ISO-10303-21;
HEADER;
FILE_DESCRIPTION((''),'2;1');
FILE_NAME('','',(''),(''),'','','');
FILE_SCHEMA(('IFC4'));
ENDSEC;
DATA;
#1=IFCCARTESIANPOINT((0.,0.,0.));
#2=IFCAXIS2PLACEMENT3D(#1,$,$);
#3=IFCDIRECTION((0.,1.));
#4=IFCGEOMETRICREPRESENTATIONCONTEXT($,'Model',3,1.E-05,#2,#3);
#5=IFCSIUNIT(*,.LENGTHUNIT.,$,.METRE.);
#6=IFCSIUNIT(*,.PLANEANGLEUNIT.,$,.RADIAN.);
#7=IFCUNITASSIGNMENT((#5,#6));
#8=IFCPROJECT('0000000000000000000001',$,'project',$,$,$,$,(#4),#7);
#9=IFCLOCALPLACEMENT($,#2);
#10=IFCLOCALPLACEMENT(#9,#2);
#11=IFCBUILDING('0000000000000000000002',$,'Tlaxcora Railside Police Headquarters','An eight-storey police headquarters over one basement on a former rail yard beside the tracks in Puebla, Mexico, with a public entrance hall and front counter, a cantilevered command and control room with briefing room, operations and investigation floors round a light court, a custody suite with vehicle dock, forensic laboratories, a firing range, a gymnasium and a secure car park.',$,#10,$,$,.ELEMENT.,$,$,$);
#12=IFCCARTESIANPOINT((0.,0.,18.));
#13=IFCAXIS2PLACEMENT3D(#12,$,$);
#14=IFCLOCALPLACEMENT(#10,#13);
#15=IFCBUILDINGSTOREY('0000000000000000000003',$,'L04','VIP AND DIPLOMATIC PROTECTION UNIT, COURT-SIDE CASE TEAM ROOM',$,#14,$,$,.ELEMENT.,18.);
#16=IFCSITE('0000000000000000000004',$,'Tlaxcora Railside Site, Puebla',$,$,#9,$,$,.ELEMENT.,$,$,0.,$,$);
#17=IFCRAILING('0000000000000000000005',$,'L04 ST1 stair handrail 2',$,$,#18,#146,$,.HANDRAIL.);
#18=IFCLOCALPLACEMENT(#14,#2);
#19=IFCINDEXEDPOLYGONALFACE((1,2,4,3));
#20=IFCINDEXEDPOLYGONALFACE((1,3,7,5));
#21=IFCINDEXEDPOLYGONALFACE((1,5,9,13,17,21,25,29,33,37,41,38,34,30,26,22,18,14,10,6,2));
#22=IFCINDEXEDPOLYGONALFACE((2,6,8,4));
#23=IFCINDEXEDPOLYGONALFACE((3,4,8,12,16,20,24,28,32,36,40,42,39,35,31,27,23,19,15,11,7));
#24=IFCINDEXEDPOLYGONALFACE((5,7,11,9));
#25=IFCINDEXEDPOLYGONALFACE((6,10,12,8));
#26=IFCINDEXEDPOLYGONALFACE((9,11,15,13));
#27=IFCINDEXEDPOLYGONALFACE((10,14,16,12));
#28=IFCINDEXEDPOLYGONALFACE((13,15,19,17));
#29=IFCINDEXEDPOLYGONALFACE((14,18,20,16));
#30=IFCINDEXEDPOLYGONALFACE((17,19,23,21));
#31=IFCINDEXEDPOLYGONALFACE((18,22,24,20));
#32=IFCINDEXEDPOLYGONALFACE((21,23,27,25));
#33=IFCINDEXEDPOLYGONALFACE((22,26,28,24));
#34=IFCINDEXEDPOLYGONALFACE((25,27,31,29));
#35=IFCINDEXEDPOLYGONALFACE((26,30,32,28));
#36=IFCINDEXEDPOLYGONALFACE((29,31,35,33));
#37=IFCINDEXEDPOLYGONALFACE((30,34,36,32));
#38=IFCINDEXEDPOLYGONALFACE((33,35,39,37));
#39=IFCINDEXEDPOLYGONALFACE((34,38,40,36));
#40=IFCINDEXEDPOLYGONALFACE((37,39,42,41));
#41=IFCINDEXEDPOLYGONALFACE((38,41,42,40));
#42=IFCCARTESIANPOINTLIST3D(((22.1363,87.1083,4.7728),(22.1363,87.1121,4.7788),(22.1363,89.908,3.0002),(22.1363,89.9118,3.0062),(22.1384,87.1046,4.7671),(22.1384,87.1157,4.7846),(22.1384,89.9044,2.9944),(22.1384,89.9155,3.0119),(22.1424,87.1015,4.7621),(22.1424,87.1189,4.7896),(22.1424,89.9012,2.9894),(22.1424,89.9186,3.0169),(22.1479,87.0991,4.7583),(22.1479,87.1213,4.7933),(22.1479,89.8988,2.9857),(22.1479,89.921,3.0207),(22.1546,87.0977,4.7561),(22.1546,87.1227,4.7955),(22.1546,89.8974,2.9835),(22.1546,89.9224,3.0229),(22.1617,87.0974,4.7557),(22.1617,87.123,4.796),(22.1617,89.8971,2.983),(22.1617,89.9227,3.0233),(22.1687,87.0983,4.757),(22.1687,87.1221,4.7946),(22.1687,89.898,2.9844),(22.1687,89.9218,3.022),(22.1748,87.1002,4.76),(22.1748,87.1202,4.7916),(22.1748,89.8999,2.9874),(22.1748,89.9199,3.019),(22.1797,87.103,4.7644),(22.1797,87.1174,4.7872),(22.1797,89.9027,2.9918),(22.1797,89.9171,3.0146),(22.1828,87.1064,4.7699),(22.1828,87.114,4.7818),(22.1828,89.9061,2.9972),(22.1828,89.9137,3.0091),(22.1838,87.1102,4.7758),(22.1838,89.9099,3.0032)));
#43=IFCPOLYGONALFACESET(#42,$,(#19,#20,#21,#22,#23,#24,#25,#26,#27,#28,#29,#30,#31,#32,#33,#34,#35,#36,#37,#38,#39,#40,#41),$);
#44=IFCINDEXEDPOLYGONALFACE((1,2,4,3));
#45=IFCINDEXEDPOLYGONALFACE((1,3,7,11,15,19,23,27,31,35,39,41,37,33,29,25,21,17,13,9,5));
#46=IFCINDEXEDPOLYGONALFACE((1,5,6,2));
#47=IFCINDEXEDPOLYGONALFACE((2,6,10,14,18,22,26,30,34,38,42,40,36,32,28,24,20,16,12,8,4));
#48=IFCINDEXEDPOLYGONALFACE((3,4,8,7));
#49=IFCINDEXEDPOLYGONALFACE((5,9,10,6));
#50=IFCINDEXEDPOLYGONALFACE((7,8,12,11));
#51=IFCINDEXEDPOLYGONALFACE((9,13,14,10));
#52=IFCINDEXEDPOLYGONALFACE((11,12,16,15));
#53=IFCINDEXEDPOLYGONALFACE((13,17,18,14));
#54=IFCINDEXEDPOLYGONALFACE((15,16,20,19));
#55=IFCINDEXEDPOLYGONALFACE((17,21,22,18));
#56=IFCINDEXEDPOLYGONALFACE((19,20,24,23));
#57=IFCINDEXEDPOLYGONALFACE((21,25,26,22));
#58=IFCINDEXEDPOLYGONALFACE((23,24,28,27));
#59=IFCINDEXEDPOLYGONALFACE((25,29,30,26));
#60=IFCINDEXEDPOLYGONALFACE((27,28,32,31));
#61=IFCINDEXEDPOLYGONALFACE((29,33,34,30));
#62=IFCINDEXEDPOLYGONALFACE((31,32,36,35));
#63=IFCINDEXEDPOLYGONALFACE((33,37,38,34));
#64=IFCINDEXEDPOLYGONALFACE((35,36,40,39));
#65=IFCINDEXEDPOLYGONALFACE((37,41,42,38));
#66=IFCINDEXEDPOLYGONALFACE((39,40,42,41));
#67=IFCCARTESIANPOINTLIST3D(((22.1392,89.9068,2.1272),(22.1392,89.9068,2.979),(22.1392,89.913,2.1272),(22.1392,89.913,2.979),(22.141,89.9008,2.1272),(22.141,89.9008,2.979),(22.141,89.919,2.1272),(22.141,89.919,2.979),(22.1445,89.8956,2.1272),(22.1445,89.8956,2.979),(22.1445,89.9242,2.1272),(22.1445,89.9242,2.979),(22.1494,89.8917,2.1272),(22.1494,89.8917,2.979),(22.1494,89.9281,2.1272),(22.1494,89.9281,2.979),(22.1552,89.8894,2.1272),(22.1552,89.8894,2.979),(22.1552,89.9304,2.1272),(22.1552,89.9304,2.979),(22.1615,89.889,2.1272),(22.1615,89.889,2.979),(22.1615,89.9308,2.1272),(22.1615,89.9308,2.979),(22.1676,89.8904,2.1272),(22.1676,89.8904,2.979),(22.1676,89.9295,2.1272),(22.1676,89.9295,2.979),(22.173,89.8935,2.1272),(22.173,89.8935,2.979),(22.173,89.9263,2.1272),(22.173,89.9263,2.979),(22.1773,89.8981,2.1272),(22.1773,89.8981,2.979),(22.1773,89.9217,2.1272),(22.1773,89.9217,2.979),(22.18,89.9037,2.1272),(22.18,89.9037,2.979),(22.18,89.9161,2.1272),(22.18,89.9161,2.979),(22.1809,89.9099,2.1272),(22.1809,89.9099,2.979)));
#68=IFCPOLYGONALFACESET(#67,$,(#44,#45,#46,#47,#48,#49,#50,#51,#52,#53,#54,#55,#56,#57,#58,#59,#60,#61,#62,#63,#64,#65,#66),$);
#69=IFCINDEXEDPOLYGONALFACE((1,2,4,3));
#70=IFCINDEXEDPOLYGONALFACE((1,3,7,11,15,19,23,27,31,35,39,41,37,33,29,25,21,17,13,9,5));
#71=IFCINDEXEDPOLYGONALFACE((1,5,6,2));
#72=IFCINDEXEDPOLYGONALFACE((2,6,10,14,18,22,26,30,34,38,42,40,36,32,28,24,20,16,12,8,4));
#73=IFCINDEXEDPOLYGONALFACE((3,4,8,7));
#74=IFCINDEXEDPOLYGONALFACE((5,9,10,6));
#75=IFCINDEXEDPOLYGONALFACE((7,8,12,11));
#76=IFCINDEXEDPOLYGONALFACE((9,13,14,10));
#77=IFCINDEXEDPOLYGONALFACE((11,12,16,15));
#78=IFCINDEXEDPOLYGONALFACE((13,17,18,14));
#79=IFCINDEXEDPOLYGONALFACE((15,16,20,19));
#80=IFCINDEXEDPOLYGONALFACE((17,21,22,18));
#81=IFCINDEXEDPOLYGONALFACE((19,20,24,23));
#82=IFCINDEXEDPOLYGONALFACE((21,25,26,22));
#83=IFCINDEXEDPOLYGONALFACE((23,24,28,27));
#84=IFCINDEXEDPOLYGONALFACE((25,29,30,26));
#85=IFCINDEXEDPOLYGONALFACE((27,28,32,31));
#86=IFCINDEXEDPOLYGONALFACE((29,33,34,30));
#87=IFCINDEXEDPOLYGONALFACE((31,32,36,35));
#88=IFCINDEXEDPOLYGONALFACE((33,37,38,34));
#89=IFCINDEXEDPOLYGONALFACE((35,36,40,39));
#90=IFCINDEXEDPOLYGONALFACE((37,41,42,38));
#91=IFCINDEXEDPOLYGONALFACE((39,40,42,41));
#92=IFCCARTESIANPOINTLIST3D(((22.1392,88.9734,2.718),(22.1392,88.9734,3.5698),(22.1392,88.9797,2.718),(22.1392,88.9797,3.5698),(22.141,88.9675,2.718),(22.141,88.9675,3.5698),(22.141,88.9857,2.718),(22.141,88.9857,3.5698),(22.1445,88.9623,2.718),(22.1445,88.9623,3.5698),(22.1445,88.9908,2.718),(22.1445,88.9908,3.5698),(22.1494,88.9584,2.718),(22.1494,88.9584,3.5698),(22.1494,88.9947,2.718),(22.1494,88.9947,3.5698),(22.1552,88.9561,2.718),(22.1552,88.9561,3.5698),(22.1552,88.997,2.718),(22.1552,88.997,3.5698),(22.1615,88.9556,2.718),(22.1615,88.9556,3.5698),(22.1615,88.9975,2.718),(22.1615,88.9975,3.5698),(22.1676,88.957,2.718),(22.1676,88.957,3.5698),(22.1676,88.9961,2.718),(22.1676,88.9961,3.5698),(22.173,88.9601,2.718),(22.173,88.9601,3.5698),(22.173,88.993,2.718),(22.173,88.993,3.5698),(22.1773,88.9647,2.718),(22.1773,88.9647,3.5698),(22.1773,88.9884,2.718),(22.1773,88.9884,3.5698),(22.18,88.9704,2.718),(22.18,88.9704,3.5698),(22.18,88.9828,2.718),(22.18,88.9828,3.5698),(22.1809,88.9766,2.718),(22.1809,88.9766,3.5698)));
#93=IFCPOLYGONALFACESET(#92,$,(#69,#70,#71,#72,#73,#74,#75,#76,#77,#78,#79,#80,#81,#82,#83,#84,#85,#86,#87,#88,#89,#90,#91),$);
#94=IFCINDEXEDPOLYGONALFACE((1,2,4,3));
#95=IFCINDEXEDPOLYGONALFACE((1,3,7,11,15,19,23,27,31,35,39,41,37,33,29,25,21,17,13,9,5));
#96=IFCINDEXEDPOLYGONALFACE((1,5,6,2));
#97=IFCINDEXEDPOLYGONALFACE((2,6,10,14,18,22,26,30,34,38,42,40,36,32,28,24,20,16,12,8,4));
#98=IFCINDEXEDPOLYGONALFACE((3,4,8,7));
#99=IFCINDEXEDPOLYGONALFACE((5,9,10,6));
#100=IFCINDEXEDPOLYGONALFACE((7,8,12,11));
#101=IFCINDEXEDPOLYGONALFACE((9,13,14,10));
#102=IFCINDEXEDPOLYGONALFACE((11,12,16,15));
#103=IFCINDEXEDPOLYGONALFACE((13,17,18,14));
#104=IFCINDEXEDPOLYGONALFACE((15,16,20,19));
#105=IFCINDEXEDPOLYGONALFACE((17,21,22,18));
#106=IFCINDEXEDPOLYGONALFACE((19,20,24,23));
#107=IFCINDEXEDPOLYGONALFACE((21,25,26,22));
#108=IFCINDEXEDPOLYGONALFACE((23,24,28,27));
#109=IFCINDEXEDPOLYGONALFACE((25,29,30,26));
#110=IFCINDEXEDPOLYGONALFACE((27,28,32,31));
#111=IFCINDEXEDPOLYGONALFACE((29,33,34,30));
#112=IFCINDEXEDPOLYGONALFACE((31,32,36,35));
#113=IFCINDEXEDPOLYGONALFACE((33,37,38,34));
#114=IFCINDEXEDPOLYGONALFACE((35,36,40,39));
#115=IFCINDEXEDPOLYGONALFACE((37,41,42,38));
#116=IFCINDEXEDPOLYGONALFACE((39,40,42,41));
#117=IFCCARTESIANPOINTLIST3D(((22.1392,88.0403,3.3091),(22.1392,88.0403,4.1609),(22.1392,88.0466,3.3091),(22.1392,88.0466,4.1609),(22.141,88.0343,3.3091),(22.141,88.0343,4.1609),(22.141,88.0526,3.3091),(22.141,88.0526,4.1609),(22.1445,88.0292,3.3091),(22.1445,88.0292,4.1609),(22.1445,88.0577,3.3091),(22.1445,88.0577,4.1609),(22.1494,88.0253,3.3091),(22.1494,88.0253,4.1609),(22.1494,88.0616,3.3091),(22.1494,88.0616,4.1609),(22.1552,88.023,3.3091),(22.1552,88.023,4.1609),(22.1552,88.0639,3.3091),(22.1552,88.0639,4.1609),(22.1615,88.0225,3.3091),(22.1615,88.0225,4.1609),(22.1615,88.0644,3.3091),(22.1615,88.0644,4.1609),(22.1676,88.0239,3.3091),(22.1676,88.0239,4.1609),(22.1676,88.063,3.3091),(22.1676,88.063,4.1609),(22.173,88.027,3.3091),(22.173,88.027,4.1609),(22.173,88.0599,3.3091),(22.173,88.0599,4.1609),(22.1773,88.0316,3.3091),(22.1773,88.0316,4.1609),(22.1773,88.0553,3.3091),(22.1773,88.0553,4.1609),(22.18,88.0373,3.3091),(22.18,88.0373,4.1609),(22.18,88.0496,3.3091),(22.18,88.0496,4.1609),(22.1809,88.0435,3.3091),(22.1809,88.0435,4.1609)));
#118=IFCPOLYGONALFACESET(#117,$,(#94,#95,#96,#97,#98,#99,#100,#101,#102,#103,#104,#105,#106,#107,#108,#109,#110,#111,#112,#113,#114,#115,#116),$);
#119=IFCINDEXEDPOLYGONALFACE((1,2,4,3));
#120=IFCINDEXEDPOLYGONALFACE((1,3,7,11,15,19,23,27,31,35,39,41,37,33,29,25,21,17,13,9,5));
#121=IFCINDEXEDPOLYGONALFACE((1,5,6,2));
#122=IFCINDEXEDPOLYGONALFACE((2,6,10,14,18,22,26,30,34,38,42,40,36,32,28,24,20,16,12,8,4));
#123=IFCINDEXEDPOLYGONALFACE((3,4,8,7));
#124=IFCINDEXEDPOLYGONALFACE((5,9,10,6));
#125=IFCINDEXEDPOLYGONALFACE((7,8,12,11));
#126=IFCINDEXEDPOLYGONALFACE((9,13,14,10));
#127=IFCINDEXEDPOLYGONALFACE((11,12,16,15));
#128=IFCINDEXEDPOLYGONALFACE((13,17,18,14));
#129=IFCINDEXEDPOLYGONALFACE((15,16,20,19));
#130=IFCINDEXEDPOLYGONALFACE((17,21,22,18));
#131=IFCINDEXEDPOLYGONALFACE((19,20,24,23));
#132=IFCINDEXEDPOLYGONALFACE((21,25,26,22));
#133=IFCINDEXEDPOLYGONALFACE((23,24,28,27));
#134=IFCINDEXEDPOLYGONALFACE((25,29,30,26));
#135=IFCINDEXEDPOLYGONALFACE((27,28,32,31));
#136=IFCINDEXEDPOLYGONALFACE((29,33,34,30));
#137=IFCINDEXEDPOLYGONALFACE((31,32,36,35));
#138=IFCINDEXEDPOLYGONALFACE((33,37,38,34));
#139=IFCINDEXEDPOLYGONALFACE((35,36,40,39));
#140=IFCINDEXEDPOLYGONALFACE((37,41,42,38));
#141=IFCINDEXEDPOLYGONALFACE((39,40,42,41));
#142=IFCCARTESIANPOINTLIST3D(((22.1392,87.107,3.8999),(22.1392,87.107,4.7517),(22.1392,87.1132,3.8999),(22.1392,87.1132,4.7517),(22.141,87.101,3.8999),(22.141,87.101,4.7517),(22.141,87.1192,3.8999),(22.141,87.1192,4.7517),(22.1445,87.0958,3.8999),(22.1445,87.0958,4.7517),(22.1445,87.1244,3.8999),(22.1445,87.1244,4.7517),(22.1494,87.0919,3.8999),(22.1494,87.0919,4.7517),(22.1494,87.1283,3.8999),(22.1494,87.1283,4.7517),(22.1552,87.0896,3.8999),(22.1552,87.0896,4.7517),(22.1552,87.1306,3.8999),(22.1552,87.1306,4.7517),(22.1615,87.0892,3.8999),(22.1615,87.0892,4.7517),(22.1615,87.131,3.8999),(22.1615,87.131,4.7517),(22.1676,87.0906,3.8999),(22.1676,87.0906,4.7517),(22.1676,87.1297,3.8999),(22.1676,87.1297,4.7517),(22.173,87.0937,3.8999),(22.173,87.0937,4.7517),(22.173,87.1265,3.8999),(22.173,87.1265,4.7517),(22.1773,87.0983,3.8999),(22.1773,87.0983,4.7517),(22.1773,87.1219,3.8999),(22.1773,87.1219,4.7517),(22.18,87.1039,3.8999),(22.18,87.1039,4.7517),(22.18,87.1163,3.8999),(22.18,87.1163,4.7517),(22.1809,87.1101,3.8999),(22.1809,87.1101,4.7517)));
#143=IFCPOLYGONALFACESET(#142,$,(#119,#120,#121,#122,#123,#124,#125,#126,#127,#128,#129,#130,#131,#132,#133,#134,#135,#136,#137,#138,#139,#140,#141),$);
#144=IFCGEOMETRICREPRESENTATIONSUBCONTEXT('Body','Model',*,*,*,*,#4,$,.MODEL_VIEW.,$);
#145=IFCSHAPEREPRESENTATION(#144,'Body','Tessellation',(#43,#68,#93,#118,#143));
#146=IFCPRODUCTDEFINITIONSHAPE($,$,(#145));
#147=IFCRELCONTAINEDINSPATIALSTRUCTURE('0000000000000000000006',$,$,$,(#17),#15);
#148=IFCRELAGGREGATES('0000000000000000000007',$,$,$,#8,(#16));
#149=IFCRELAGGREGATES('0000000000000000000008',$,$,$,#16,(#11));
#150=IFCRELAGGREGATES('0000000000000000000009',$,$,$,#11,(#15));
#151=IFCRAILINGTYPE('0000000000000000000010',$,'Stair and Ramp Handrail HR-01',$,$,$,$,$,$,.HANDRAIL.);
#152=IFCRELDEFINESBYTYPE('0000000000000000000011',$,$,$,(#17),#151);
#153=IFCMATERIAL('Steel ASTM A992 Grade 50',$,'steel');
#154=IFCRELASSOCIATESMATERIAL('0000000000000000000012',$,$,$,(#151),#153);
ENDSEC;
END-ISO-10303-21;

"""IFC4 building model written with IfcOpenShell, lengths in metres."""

from ifc_helpers import new_model, si_unit, direction, frame, origin, origin_2d, place, context, subcontext, project, spatial, circle, extrude, material, type_object, element, save


model = new_model("IFC4")

# Units and contexts
model_context = context("Model", 3, precision=1e-05, world=origin(), true_north=direction((0.0, 1.0)))
body_context = subcontext(model_context, "Body", "Model", "MODEL_VIEW")
ifc_project = project(units=[si_unit("LENGTHUNIT", "METRE"), si_unit("PLANEANGLEUNIT", "RADIAN")], contexts=[model_context])

# Site, building, storey
site_placement = place(None, origin())
site = spatial("IfcSite", under=ifc_project, at=site_placement, Name="Tlaxcora Railside Site, Puebla", CompositionType="ELEMENT", RefElevation=0.0)
building_placement = place(site_placement, origin())
building = spatial("IfcBuilding", under=site, at=building_placement, Name="Tlaxcora Railside Police Headquarters", Description="An eight-storey police headquarters over one basement on a former rail yard beside the tracks in Puebla, Mexico, with a public entrance hall and front counter, a cantilevered command and control room with briefing room, operations and investigation floors round a light court, a custody suite with vehicle dock, forensic laboratories, a firing range, a gymnasium and a secure car park.", CompositionType="ELEMENT")
storey_placement = place(building_placement, frame((0.0, 0.0, 18.0)))
storey = spatial("IfcBuildingStorey", under=building, at=storey_placement, Name="L04", Description="VIP AND DIPLOMATIC PROTECTION UNIT, COURT-SIDE CASE TEAM ROOM", CompositionType="ELEMENT", Elevation=18.0)

# Shared definitions
ifc_material_1 = material(Name="Steel ASTM A992 Grade 50", Category="steel")

# Railing
railing_type_1 = type_object("IfcRailingType", Name="Stair and Ramp Handrail HR-01", PredefinedType="HANDRAIL", material=ifc_material_1)
railing_1_placement = place(storey_placement, frame((22.1599, 89.9099, 2.1272)))
element("IfcRailing", 1, at=railing_1_placement, inside=storey, type_object=railing_type_1, Name="L04 ST1 stair handrail 2", PredefinedType="HANDRAIL", context=body_context, shape_type="SweptSolid", body=[
    extrude(circle(Radius=0.0239, at=origin_2d()), frame((0.0, 0.0, 0.876), z_axis=(0.0, -0.844888, 0.534943), x_axis=(1.0, 0.0, 0.0)), (0.0, 0.0, 1.0), 3.3137),
    extrude(circle(Radius=0.021, at=origin_2d()), origin(), (0.0, 0.0, 1.0), 0.8518),
    extrude(circle(Radius=0.021, at=origin_2d()), frame((0.0, -0.9333, 0.5908)), (0.0, 0.0, 1.0), 0.8518),
    extrude(circle(Radius=0.021, at=origin_2d()), frame((0.0, -1.8665, 1.1819)), (0.0, 0.0, 1.0), 0.8518),
    extrude(circle(Radius=0.021, at=origin_2d()), frame((0.0, -2.7998, 1.7727)), (0.0, 0.0, 1.0), 0.8518),
])

save(model, "model.ifc")
